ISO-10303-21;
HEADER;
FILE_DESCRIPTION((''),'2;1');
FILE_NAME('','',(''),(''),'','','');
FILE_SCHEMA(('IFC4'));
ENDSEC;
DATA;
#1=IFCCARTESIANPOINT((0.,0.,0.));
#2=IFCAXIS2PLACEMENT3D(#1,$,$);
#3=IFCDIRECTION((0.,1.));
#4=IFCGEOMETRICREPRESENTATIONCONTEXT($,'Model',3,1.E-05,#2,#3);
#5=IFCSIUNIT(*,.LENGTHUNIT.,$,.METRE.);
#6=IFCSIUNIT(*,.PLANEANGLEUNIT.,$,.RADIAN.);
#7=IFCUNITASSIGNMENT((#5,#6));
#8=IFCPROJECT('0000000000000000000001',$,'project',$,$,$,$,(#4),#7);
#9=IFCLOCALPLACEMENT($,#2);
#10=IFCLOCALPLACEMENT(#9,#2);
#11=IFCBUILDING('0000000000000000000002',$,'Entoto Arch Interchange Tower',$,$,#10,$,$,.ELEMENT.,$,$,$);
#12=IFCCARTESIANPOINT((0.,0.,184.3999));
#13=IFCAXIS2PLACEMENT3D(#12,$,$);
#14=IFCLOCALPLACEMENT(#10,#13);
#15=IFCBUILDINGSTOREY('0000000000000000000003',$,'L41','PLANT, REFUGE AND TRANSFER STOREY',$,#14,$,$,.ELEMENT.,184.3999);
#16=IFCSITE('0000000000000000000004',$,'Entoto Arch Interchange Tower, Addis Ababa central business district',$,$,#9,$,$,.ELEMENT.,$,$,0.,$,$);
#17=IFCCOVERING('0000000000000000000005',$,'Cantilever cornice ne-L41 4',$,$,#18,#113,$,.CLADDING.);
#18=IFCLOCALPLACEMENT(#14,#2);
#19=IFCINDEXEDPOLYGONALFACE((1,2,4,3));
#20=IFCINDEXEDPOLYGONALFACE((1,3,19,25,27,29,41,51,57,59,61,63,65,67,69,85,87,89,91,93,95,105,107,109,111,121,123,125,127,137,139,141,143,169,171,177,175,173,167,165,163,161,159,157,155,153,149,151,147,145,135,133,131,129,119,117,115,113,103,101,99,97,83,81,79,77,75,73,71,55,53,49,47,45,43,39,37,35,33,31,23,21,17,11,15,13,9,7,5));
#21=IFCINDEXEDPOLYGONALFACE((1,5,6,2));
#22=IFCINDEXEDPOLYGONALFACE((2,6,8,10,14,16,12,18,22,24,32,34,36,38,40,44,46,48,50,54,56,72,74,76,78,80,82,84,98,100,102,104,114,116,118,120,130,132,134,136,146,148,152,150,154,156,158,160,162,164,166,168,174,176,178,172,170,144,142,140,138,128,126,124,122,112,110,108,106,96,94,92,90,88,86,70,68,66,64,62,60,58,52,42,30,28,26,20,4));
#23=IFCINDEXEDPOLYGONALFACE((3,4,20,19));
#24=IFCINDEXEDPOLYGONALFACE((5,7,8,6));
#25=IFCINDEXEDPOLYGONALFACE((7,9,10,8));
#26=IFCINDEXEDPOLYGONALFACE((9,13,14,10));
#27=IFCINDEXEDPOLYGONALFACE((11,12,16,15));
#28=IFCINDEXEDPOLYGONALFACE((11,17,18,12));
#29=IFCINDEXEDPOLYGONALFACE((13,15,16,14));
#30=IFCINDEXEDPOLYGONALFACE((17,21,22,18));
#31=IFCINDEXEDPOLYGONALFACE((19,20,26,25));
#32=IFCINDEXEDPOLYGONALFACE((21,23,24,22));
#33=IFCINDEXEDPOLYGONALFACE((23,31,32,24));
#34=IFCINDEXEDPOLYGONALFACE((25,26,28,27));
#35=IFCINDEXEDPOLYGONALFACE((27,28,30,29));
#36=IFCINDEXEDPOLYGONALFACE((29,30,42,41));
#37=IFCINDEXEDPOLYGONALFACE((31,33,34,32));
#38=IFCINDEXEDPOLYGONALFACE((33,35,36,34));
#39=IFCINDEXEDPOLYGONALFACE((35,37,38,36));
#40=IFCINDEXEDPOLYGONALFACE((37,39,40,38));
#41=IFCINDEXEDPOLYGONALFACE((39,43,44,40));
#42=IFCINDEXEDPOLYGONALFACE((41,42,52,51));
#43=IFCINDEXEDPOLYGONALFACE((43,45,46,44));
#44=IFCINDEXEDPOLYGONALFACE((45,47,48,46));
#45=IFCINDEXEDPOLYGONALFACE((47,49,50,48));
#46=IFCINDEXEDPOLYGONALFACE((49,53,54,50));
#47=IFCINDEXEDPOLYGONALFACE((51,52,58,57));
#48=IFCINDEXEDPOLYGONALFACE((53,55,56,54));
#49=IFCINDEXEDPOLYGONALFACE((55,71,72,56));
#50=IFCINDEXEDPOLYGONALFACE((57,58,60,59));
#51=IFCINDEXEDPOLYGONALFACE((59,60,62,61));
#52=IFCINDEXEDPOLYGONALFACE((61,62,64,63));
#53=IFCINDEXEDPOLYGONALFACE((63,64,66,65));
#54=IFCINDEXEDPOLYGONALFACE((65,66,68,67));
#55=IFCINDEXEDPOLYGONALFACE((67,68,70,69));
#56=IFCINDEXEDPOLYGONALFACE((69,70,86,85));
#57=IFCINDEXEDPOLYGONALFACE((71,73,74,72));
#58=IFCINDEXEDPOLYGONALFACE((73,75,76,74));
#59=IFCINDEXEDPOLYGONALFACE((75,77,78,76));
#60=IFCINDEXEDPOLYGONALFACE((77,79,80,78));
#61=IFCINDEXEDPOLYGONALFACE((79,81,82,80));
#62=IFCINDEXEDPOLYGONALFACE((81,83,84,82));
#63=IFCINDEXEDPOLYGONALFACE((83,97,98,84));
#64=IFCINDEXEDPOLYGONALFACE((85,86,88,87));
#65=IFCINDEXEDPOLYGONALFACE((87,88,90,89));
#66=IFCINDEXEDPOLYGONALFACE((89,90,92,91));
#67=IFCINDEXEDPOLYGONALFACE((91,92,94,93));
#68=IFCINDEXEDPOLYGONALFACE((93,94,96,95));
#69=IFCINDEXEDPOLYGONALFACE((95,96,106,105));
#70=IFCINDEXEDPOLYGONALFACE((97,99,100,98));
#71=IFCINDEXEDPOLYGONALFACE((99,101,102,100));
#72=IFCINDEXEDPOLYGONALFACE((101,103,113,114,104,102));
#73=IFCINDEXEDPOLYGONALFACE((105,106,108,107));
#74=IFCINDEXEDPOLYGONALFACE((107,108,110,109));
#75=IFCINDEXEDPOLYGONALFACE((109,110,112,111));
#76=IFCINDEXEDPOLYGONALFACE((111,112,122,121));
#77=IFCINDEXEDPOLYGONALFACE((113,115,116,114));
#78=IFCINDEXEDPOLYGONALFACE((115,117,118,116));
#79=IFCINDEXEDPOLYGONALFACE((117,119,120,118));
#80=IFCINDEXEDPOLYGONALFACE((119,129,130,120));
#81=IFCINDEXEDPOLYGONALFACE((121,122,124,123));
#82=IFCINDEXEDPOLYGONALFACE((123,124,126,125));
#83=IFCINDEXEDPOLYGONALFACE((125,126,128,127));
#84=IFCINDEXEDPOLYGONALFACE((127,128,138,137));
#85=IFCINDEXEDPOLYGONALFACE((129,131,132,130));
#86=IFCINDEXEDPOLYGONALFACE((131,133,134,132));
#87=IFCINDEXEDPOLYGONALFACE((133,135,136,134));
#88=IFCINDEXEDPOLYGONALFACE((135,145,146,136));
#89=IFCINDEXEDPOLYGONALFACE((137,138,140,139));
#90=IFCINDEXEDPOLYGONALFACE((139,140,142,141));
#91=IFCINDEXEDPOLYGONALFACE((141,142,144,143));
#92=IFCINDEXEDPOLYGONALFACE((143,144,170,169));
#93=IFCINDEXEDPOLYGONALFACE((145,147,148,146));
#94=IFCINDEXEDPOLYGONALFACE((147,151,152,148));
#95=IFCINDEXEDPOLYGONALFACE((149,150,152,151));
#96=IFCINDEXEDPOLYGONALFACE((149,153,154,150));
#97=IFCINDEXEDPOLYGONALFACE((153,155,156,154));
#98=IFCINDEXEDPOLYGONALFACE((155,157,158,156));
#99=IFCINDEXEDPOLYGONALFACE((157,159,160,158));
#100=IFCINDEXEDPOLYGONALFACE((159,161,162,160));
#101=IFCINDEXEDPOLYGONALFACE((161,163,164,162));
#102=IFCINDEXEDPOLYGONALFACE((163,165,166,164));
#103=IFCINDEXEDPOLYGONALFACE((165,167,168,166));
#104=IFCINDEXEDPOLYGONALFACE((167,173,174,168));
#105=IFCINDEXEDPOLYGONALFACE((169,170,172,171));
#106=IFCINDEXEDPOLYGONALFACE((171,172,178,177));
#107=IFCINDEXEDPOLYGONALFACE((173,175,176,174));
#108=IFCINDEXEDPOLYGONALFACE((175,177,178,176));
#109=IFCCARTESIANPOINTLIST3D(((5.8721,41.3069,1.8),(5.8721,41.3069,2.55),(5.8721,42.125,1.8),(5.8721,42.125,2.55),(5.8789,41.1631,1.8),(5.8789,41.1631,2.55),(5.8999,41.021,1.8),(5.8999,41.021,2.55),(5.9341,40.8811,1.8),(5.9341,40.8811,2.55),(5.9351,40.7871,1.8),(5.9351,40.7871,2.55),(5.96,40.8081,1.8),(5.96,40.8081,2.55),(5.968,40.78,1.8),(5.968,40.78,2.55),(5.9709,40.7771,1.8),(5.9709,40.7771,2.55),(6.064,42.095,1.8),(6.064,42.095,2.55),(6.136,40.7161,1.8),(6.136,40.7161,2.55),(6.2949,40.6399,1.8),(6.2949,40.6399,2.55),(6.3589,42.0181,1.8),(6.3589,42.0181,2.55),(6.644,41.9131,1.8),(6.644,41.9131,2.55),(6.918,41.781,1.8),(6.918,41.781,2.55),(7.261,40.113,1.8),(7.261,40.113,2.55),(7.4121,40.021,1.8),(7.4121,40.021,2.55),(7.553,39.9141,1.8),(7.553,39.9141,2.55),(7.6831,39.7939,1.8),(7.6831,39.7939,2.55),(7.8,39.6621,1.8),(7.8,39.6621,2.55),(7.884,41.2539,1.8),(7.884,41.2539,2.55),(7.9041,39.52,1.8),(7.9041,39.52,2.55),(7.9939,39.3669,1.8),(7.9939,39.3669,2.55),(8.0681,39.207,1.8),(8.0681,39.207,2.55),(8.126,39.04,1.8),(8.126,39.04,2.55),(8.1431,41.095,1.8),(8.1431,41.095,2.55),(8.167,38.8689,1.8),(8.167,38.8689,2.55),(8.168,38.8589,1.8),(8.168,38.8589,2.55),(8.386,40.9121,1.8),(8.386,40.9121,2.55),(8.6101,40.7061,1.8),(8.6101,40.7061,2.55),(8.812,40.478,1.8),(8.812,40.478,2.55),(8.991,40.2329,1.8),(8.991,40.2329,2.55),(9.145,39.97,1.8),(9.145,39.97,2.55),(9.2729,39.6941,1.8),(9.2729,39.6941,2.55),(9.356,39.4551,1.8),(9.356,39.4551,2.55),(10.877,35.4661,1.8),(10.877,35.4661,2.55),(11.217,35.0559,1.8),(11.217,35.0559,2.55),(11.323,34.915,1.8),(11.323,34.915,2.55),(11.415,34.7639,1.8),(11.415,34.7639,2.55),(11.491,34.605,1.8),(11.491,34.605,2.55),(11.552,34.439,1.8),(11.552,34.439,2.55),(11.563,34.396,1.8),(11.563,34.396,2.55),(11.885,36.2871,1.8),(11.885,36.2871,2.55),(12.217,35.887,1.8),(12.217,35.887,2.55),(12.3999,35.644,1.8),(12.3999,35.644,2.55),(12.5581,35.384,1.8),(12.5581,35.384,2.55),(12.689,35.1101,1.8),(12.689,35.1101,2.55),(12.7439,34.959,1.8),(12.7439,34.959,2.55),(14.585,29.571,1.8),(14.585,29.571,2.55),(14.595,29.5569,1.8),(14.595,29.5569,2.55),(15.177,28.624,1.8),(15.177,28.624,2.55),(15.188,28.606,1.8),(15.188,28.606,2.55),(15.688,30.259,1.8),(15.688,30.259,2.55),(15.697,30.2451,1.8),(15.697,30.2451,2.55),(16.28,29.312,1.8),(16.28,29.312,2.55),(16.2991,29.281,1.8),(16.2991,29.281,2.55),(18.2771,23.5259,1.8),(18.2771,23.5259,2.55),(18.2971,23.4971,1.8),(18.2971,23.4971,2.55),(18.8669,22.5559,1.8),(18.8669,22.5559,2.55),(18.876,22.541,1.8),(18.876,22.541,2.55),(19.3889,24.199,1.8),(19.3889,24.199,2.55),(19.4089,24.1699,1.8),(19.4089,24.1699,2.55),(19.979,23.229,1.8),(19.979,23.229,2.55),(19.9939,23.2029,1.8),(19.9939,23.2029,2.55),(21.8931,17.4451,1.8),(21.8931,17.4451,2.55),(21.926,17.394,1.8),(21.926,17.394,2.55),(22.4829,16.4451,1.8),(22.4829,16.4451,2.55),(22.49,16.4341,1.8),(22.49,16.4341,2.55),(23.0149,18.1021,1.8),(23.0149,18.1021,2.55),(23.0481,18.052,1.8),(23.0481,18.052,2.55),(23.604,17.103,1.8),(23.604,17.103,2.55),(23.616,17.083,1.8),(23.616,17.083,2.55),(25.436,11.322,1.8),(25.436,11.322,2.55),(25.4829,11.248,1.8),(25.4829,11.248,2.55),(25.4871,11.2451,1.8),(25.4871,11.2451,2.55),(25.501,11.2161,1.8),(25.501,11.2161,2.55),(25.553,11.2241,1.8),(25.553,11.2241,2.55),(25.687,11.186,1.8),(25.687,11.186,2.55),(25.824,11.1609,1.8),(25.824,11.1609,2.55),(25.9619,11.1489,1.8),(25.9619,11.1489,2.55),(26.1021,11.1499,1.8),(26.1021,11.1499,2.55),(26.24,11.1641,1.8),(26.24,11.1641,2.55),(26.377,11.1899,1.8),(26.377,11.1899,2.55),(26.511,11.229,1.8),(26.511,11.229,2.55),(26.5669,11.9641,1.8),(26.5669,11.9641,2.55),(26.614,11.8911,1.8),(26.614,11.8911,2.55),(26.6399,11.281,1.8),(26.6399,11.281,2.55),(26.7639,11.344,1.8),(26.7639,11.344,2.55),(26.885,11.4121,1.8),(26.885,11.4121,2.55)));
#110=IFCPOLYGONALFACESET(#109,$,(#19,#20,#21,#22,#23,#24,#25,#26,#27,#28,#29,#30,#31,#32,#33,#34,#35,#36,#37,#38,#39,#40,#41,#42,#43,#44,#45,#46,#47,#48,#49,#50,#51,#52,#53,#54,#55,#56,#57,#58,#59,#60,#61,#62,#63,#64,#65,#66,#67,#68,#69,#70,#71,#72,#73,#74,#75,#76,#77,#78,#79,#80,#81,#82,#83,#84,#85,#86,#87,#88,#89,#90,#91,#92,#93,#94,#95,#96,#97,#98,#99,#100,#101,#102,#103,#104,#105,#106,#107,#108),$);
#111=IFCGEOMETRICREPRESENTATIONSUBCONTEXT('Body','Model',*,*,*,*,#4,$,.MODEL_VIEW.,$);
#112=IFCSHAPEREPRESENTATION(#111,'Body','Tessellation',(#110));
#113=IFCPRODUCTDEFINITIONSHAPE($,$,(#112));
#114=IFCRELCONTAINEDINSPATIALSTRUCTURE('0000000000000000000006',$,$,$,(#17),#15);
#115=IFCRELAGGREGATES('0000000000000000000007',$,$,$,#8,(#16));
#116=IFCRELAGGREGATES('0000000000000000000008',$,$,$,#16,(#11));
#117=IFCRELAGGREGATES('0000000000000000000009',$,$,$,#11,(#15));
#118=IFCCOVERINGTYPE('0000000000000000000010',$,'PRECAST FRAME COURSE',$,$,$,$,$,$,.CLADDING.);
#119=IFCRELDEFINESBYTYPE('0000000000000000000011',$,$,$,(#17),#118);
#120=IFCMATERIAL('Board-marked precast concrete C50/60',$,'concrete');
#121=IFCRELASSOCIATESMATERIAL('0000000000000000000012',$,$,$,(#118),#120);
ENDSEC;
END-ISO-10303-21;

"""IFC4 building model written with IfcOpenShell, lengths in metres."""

from ifc_helpers import new_model, si_unit, direction, frame, origin, place, context, subcontext, project, spatial, polyline, outline, extrude, material, type_object, element, save


model = new_model("IFC4")

# Units and contexts
model_context = context("Model", 3, precision=1e-05, world=origin(), true_north=direction((0.0, 1.0)))
body_context = subcontext(model_context, "Body", "Model", "MODEL_VIEW")
ifc_project = project(units=[si_unit("LENGTHUNIT", "METRE"), si_unit("PLANEANGLEUNIT", "RADIAN")], contexts=[model_context])

# Site, building, storey
site_placement = place(None, origin())
site = spatial("IfcSite", under=ifc_project, at=site_placement, Name="Entoto Arch Interchange Tower, Addis Ababa central business district", CompositionType="ELEMENT", RefElevation=0.0)
building_placement = place(site_placement, origin())
building = spatial("IfcBuilding", under=site, at=building_placement, Name="Entoto Arch Interchange Tower", CompositionType="ELEMENT")
storey_placement = place(building_placement, frame((0.0, 0.0, 184.3999)))
storey = spatial("IfcBuildingStorey", under=building, at=storey_placement, Name="L41", Description="PLANT, REFUGE AND TRANSFER STOREY", CompositionType="ELEMENT", Elevation=184.3999)

# Covering
ifc_material_1 = material(Name="Board-marked precast concrete C50/60", Category="concrete")
covering_type_1 = type_object("IfcCoveringType", Name="PRECAST FRAME COURSE", PredefinedType="CLADDING", material=ifc_material_1)
covering_1_placement = place(storey_placement, frame((0.0, 0.0, 1.8)))
element("IfcCovering", 1, at=covering_1_placement, inside=storey, type_object=covering_type_1, Name="Cantilever cornice ne-L41 4", PredefinedType="CLADDING", context=body_context, shape_type="SweptSolid", body=[
    extrude(outline(polyline([(5.9341, 40.8811), (5.8999, 41.021), (5.8789, 41.1631), (5.8721, 41.3069), (5.8721, 42.125), (6.064, 42.095), (6.3589, 42.0181), (6.644, 41.9131), (6.918, 41.781), (7.884, 41.2539), (8.1431, 41.095), (8.386, 40.9121), (8.6101, 40.7061), (8.812, 40.478), (8.991, 40.2329), (9.145, 39.97), (9.2729, 39.6941), (9.356, 39.4551), (11.885, 36.2871), (12.217, 35.887), (12.3999, 35.644), (12.5581, 35.384), (12.689, 35.1101), (12.7439, 34.959), (15.688, 30.259), (15.697, 30.2451), (16.28, 29.312), (16.2991, 29.281), (19.3889, 24.199), (19.4089, 24.1699), (19.979, 23.229), (19.9939, 23.2029), (23.0149, 18.1021), (23.0481, 18.052), (23.604, 17.103), (23.616, 17.083), (26.5669, 11.9641), (26.614, 11.8911), (26.885, 11.4121), (26.7639, 11.344), (26.6399, 11.281), (26.511, 11.229), (26.377, 11.1899), (26.24, 11.1641), (26.1021, 11.1499), (25.9619, 11.1489), (25.824, 11.1609), (25.687, 11.186), (25.553, 11.2241), (25.4871, 11.2451), (25.501, 11.2161), (25.4829, 11.248), (25.436, 11.322), (22.49, 16.4341), (22.4829, 16.4451), (21.926, 17.394), (21.8931, 17.4451), (18.876, 22.541), (18.8669, 22.5559), (18.2971, 23.4971), (18.2771, 23.5259), (15.188, 28.606), (15.177, 28.624), (14.595, 29.5569), (14.585, 29.571), (11.563, 34.396), (11.552, 34.439), (11.491, 34.605), (11.415, 34.7639), (11.323, 34.915), (11.217, 35.0559), (10.877, 35.4661), (8.168, 38.8589), (8.167, 38.8689), (8.126, 39.04), (8.0681, 39.207), (7.9939, 39.3669), (7.9041, 39.52), (7.8, 39.6621), (7.6831, 39.7939), (7.553, 39.9141), (7.4121, 40.021), (7.261, 40.113), (6.2949, 40.6399), (6.136, 40.7161), (5.9709, 40.7771), (5.9351, 40.7871), (5.968, 40.78), (5.96, 40.8081), (5.9341, 40.8811)])), origin(), (0.0, 0.0, 1.0), 0.75),
])

save(model, "model.ifc")
